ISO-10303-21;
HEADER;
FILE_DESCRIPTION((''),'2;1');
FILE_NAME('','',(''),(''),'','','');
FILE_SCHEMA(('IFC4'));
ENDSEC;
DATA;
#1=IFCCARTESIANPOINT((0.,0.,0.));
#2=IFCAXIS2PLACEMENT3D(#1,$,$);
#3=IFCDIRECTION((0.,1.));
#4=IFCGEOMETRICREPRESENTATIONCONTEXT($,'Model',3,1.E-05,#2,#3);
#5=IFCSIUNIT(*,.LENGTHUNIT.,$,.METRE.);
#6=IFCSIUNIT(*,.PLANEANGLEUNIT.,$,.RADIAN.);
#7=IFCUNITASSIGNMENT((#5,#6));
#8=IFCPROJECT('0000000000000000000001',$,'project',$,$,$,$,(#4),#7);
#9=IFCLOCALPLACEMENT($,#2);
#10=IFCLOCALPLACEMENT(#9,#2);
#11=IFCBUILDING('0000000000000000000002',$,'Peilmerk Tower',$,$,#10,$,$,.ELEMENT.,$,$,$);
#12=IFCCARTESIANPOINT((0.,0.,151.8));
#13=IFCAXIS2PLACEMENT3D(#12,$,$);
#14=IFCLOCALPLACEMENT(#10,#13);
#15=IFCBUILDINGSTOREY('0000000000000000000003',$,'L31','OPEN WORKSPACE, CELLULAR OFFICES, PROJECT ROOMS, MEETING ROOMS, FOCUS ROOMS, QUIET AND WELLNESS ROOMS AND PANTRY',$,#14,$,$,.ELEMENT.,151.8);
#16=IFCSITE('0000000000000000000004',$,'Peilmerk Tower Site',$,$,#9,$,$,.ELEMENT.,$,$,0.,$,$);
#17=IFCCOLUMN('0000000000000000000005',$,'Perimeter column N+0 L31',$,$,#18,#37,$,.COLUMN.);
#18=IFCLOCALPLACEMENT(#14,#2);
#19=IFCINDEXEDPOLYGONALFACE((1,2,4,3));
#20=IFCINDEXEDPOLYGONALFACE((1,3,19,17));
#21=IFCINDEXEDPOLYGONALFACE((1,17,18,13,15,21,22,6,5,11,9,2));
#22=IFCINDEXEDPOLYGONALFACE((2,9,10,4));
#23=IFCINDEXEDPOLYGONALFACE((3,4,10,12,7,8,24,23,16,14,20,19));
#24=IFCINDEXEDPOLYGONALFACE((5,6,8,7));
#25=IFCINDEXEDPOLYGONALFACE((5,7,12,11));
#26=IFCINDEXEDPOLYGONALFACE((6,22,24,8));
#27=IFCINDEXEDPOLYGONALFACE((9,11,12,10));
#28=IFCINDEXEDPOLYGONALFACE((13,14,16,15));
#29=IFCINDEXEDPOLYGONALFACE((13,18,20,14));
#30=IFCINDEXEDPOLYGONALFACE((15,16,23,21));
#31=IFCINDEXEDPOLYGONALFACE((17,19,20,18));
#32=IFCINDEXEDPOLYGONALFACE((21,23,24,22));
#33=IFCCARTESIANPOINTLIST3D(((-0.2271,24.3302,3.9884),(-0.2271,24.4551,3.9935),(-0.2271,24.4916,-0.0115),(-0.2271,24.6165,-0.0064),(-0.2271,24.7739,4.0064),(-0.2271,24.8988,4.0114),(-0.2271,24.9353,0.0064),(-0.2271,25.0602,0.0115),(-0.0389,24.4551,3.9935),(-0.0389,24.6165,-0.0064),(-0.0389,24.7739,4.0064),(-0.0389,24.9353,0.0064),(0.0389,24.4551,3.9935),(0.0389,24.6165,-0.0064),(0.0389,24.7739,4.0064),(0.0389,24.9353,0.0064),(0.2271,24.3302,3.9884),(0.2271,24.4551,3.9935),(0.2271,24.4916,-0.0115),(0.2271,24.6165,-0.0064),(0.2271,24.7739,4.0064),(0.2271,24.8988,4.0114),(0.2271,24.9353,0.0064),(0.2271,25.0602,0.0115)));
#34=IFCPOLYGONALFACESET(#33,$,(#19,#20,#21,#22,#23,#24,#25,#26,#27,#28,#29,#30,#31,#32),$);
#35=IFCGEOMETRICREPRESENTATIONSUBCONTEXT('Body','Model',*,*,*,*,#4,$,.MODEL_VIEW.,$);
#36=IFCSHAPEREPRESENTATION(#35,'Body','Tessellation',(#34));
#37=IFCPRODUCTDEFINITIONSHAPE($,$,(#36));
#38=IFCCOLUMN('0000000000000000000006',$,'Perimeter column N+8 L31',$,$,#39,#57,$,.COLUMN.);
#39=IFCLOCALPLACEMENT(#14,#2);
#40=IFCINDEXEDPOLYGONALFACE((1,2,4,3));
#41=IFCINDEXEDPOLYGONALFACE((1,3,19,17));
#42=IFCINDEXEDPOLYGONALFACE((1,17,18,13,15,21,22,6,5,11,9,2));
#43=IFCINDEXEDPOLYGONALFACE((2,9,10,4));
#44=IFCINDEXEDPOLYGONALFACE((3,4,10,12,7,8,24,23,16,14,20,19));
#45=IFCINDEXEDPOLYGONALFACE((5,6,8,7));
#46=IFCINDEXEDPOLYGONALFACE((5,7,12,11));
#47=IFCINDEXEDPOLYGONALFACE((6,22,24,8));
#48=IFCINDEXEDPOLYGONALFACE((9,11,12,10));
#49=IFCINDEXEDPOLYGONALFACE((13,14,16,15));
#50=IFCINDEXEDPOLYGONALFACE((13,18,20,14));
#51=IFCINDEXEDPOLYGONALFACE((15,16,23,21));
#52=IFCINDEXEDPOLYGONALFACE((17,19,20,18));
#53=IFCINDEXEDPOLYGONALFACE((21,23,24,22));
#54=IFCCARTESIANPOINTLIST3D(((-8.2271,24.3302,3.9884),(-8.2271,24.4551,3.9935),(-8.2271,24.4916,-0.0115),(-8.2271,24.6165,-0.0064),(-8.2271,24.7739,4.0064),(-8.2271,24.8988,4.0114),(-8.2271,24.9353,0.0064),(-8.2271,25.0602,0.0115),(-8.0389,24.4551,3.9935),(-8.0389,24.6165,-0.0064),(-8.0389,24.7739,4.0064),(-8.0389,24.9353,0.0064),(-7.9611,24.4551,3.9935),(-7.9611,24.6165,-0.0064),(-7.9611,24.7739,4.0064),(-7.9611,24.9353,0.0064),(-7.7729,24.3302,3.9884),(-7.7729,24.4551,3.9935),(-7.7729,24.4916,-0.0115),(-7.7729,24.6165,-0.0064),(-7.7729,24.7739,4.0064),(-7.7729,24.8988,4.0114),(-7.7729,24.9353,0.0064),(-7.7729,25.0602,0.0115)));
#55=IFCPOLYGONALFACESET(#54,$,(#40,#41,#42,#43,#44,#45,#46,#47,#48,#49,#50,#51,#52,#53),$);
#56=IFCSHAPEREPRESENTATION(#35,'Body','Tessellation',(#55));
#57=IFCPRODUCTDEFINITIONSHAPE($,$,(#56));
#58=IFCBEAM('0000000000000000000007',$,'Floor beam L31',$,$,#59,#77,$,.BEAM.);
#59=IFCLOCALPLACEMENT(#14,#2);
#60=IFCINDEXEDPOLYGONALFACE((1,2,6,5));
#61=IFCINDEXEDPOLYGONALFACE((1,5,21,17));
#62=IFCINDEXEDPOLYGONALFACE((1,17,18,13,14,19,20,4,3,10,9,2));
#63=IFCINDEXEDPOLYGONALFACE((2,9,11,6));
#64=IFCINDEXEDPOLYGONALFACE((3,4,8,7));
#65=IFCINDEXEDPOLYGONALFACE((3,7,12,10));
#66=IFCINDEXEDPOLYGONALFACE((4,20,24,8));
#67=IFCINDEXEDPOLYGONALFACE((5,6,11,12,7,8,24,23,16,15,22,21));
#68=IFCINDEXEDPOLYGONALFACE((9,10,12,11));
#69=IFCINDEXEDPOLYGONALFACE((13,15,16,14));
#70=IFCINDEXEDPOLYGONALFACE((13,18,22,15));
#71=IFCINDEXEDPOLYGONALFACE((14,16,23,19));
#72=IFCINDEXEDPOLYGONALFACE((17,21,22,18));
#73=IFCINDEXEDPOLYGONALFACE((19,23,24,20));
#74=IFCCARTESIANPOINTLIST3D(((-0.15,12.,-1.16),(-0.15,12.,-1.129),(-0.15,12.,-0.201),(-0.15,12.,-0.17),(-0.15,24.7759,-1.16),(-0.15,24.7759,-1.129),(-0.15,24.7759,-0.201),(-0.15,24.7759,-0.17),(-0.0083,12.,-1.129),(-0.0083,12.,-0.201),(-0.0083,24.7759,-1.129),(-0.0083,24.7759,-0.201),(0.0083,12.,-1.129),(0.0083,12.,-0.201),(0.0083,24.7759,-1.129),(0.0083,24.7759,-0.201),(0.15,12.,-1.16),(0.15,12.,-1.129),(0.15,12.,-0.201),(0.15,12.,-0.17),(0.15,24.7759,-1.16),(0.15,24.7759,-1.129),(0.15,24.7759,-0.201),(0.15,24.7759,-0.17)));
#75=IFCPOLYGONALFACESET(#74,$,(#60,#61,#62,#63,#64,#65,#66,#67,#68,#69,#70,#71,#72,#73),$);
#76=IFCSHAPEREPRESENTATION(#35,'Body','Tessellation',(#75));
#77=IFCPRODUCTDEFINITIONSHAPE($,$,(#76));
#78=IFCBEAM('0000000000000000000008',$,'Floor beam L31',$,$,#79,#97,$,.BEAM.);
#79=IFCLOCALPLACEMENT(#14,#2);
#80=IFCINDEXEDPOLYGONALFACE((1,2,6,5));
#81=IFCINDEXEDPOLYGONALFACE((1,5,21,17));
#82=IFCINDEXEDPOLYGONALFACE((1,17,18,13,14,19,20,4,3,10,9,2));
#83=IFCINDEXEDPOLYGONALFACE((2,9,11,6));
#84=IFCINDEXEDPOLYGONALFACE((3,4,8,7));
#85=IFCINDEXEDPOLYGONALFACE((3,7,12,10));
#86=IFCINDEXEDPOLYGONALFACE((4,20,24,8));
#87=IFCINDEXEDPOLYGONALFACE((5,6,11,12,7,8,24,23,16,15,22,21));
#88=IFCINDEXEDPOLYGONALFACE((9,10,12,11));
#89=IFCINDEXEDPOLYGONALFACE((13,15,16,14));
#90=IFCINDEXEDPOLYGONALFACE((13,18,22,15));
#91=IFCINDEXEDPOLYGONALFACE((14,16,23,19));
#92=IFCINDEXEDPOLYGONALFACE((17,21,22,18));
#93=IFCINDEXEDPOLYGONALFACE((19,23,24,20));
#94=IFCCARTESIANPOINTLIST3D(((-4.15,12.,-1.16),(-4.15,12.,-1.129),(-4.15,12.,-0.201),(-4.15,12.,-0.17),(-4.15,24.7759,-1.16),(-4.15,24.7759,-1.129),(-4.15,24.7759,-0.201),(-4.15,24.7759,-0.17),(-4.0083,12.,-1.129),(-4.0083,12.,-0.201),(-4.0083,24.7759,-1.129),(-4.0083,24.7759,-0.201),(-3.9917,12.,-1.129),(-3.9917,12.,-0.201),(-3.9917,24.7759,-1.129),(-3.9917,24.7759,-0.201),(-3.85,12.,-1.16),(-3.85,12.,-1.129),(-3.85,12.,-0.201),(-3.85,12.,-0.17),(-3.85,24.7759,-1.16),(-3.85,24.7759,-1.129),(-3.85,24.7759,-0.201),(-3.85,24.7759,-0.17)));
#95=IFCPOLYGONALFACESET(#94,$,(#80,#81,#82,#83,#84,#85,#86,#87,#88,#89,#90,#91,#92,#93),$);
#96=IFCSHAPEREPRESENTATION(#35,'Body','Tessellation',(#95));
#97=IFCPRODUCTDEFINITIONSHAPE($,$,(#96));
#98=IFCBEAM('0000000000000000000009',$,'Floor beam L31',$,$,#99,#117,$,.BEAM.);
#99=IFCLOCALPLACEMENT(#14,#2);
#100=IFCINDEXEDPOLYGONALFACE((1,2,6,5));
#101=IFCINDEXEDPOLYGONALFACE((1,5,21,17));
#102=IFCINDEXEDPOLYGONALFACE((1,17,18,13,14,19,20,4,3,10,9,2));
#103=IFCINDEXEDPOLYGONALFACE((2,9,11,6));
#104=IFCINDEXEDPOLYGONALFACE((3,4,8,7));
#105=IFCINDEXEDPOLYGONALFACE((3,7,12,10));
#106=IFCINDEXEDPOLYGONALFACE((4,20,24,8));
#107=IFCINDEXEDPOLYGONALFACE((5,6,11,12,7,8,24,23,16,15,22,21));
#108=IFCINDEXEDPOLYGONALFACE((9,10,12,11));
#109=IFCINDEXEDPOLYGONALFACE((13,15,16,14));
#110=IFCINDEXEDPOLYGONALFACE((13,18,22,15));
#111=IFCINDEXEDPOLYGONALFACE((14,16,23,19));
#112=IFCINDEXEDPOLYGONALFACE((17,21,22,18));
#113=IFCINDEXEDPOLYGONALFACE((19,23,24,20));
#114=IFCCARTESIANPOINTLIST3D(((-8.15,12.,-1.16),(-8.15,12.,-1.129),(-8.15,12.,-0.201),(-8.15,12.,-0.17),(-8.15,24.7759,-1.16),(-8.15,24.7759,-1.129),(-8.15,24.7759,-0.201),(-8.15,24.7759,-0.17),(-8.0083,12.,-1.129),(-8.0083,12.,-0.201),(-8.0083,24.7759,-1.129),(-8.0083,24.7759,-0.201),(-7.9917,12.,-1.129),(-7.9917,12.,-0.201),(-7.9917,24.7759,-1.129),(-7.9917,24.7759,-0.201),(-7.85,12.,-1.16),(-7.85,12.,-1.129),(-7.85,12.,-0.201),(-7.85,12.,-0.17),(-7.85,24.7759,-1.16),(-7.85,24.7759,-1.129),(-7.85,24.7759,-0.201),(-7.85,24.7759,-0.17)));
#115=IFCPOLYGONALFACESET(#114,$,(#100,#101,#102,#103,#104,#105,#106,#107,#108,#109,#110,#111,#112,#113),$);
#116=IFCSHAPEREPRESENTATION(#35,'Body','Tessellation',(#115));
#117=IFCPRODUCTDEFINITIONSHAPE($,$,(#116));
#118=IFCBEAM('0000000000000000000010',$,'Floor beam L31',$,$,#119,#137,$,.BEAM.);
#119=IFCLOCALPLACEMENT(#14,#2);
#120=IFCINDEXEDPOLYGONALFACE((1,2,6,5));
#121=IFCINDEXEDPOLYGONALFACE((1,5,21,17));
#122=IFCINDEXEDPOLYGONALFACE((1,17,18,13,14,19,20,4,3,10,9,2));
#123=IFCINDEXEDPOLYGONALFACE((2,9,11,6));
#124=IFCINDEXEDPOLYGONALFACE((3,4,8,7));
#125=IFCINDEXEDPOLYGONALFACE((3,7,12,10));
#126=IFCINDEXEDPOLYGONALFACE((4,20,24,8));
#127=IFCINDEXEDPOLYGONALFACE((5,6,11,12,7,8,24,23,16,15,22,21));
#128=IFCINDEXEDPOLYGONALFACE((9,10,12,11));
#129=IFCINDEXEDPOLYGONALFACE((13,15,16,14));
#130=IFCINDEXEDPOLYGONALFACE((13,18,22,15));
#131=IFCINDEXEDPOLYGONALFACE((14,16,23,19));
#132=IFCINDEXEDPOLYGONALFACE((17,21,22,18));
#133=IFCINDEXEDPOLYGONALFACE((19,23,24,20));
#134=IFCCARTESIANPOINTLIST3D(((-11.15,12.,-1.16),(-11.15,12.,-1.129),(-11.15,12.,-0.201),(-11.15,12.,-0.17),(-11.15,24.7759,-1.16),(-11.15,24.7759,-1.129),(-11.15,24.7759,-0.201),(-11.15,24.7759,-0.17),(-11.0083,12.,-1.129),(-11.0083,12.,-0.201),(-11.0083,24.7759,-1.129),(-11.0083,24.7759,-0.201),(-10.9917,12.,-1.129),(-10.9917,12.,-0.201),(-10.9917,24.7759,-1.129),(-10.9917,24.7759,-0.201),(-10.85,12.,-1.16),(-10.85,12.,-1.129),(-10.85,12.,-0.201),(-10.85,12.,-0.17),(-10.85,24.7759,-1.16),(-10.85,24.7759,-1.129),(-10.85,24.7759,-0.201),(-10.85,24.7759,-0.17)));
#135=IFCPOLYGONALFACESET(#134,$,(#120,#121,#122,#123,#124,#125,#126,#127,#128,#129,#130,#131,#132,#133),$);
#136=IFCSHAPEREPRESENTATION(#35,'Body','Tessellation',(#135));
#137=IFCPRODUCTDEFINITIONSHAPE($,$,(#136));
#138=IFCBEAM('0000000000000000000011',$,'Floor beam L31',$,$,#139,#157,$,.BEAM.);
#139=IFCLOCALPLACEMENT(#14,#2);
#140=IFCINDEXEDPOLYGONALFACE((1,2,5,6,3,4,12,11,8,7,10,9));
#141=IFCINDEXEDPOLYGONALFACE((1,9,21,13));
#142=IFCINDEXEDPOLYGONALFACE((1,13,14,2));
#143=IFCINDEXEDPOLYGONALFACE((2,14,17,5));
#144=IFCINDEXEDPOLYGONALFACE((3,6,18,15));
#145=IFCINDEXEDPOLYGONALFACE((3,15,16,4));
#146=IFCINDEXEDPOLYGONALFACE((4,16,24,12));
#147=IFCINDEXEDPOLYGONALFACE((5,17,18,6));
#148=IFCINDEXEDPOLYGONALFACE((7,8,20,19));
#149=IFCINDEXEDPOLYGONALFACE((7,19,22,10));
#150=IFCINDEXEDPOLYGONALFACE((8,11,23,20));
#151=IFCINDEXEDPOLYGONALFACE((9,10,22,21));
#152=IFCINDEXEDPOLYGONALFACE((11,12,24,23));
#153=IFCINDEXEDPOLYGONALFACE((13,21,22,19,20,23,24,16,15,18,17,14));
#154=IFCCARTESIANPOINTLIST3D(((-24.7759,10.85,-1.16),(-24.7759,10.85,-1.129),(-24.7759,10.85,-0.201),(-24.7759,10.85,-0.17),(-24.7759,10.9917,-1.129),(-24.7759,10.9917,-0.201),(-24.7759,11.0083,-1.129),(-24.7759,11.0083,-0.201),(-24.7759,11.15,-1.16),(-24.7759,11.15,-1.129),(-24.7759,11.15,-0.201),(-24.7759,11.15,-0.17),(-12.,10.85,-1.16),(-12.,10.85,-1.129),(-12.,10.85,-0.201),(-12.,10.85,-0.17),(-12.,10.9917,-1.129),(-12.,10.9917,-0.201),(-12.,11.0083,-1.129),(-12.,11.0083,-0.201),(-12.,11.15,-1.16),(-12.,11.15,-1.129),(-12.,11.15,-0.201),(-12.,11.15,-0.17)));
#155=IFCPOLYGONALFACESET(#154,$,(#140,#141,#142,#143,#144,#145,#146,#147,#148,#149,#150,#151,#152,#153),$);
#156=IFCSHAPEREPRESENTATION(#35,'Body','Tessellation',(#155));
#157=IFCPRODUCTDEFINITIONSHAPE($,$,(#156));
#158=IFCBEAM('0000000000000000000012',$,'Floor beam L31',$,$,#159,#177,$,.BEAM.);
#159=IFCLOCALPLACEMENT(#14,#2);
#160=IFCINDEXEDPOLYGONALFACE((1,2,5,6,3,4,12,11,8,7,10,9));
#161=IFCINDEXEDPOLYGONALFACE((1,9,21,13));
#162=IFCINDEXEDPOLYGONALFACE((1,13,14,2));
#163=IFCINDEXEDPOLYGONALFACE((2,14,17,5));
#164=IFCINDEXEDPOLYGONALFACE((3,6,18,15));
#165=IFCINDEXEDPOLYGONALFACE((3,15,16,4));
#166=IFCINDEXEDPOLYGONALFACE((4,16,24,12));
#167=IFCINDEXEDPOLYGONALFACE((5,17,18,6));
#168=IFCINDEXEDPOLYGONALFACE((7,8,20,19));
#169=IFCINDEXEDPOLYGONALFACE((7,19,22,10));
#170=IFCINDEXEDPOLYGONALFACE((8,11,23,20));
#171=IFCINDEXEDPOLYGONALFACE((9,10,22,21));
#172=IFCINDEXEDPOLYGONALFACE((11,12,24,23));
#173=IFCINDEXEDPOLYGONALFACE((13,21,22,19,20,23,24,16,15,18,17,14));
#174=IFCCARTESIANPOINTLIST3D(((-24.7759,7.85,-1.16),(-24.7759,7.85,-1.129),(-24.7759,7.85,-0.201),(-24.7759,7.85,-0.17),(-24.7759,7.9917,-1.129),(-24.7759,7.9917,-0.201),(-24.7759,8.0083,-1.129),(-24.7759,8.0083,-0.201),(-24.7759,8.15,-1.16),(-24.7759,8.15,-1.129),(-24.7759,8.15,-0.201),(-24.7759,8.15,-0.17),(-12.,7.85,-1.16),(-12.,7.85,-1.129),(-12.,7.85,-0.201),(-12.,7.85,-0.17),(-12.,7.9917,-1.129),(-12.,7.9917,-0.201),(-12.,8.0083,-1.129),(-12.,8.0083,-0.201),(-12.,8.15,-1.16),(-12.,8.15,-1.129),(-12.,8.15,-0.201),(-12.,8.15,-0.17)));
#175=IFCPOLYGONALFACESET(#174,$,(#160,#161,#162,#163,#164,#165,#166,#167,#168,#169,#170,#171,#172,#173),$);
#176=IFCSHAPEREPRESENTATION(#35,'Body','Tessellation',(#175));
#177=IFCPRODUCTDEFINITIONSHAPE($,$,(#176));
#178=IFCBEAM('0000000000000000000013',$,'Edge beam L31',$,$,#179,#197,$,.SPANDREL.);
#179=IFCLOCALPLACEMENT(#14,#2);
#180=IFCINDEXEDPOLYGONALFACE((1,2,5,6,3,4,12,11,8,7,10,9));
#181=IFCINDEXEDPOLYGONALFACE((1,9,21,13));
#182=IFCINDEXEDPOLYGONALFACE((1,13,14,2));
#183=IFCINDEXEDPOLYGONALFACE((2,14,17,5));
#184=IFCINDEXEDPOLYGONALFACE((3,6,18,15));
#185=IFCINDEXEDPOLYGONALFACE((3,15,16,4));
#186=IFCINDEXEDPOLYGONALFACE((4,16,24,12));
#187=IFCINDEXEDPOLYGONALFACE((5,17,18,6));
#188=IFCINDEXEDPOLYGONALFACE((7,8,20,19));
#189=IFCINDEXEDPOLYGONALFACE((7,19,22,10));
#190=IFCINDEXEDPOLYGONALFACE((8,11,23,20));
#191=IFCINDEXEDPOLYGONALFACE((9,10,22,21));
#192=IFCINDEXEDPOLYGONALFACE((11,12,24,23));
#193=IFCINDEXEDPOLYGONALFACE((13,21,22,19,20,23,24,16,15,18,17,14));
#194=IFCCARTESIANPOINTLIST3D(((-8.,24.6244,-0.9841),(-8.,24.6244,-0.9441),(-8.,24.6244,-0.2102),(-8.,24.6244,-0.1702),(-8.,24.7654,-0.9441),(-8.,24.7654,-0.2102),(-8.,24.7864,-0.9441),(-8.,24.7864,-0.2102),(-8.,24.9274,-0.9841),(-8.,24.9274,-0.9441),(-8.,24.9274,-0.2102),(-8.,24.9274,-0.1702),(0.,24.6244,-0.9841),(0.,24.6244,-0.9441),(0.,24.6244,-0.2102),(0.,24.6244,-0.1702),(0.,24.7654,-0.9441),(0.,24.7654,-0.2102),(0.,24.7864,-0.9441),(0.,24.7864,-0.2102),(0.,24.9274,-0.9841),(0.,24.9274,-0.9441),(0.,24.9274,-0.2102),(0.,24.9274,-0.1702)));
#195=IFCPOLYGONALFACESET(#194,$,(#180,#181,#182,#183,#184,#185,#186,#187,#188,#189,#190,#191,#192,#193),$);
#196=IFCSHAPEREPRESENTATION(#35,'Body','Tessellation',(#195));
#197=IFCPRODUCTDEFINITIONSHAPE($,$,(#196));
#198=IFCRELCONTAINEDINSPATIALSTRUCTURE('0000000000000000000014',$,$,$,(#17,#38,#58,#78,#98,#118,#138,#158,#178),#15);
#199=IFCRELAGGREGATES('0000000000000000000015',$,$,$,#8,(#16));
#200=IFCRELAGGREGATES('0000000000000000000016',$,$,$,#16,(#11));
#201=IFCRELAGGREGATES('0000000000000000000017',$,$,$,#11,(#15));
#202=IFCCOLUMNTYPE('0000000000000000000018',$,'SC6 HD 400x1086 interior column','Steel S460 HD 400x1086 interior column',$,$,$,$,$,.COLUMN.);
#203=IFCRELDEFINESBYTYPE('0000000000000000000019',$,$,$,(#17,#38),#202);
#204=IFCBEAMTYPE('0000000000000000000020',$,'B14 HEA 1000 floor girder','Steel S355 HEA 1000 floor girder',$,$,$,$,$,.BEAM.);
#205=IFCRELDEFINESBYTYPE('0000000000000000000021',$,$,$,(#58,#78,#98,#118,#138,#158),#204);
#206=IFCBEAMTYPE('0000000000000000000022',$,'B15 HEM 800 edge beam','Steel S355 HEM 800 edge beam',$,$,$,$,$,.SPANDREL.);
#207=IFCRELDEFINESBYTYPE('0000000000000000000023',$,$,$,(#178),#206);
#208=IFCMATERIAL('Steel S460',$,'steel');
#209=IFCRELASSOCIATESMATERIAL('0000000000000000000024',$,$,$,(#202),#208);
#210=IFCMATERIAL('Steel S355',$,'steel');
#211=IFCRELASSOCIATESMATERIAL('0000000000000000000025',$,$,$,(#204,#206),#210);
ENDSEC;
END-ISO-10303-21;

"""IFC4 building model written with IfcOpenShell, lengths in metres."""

from ifc_helpers import new_model, si_unit, direction, frame, origin, origin_2d, place, context, subcontext, project, spatial, i_section, extrude, material, material_profile, profile_set, type_object, element, save


model = new_model("IFC4")

# Units and contexts
model_context = context("Model", 3, precision=1e-05, world=origin(), true_north=direction((0.0, 1.0)))
body_context = subcontext(model_context, "Body", "Model", "MODEL_VIEW")
ifc_project = project(units=[si_unit("LENGTHUNIT", "METRE"), si_unit("PLANEANGLEUNIT", "RADIAN")], contexts=[model_context])

# Site, building, storey
site_placement = place(None, origin())
site = spatial("IfcSite", under=ifc_project, at=site_placement, Name="Peilmerk Tower Site", CompositionType="ELEMENT", RefElevation=0.0)
building_placement = place(site_placement, origin())
building = spatial("IfcBuilding", under=site, at=building_placement, Name="Peilmerk Tower", CompositionType="ELEMENT")
storey_placement = place(building_placement, frame((0.0, 0.0, 151.8)))
storey = spatial("IfcBuildingStorey", under=building, at=storey_placement, Name="L31", Description="OPEN WORKSPACE, CELLULAR OFFICES, PROJECT ROOMS, MEETING ROOMS, FOCUS ROOMS, QUIET AND WELLNESS ROOMS AND PANTRY", CompositionType="ELEMENT", Elevation=151.8)

# Columns
ifc_material_1 = material(Name="Steel S460", Category="steel")
ifc_material_profile_1 = material_profile(ifc_material_1, i_section(OverallWidth=0.4541, OverallDepth=0.5691, WebThickness=0.0779, FlangeThickness=0.125, at=origin_2d()), Name="HD 400x1086")
ifc_profile_set_1 = profile_set([ifc_material_profile_1], Name="Steel S460")
column_type = type_object("IfcColumnType", Name="SC6 HD 400x1086 interior column", Description="Steel S460 HD 400x1086 interior column", PredefinedType="COLUMN", material=ifc_profile_set_1)
for number, where, z_axis, x_axis, name in (
    (1, (0.0, 24.7759, 0.0), (0.0, -0.040311, 0.999187), (1.0, 0.0, 0.0), "Perimeter column N+0 L31"),
    (2, (-8.0, 24.7759, 0.0), (0.0, -0.040311, 0.999187), (1.0, 0.0, 0.0), "Perimeter column N+8 L31"),
):
    element("IfcColumn", number, at=place(storey_placement, frame(where, z_axis=z_axis, x_axis=x_axis)), inside=storey, type_object=column_type, Name=name, PredefinedType="COLUMN", context=body_context, shape_type="SweptSolid", body=[
        extrude(i_section(OverallWidth=0.4541, OverallDepth=0.5691, WebThickness=0.0779, FlangeThickness=0.125, at=origin_2d()), origin(), (0.0, 0.0, 1.0), 4.0032),
    ])

# Beams
ifc_material_2 = material(Name="Steel S355", Category="steel")
ifc_material_profile_2 = material_profile(ifc_material_2, i_section(OverallWidth=0.3, OverallDepth=0.99, WebThickness=0.0166, FlangeThickness=0.031, at=origin_2d()), Name="HEA 1000")
ifc_profile_set_2 = profile_set([ifc_material_profile_2], Name="Steel S355")
beam_type_1 = type_object("IfcBeamType", Name="B14 HEA 1000 floor girder", Description="Steel S355 HEA 1000 floor girder", PredefinedType="BEAM", material=ifc_profile_set_2)
for number, where, z_axis, x_axis, name in (
    (3, (0.0, 12.0, -0.665), (0.0, 1.0, 0.0), (-1.0, 0.0, 0.0), "Floor beam L31"),
    (4, (-4.0, 12.0, -0.665), (0.0, 1.0, 0.0), (-1.0, 0.0, 0.0), "Floor beam L31"),
    (5, (-8.0, 12.0, -0.665), (0.0, 1.0, 0.0), (-1.0, 0.0, 0.0), "Floor beam L31"),
    (6, (-11.0, 12.0, -0.665), (0.0, 1.0, 0.0), (-1.0, 0.0, 0.0), "Floor beam L31"),
    (7, (-12.0, 11.0, -0.665), (-1.0, 0.0, 0.0), (0.0, -1.0, 0.0), "Floor beam L31"),
    (8, (-12.0, 8.0, -0.665), (-1.0, 0.0, 0.0), (0.0, -1.0, 0.0), "Floor beam L31"),
):
    element("IfcBeam", number, at=place(storey_placement, frame(where, z_axis=z_axis, x_axis=x_axis)), inside=storey, type_object=beam_type_1, Name=name, PredefinedType="BEAM", context=body_context, shape_type="SweptSolid", body=[
        extrude(i_section(OverallWidth=0.3, OverallDepth=0.99, WebThickness=0.0166, FlangeThickness=0.031, at=origin_2d()), origin(), (0.0, 0.0, 1.0), 12.7759),
    ])
ifc_material_profile_3 = material_profile(ifc_material_2, i_section(OverallWidth=0.303, OverallDepth=0.814, WebThickness=0.021, FlangeThickness=0.04, at=origin_2d()), Name="HEM 800")
ifc_profile_set_3 = profile_set([ifc_material_profile_3], Name="Steel S355")
beam_type_2 = type_object("IfcBeamType", Name="B15 HEM 800 edge beam", Description="Steel S355 HEM 800 edge beam", PredefinedType="SPANDREL", material=ifc_profile_set_3)
for number, where, z_axis, x_axis, name in (
    (9, (0.0, 24.7759, -0.5771), (-1.0, 0.0, 0.0), (0.0, -1.0, 0.0), "Edge beam L31"),
):
    element("IfcBeam", number, at=place(storey_placement, frame(where, z_axis=z_axis, x_axis=x_axis)), inside=storey, type_object=beam_type_2, Name=name, PredefinedType="SPANDREL", context=body_context, shape_type="SweptSolid", body=[
        extrude(i_section(OverallWidth=0.303, OverallDepth=0.814, WebThickness=0.021, FlangeThickness=0.04, at=origin_2d()), origin(), (0.0, 0.0, 1.0), 8.0),
    ])

save(model, "model.ifc")
